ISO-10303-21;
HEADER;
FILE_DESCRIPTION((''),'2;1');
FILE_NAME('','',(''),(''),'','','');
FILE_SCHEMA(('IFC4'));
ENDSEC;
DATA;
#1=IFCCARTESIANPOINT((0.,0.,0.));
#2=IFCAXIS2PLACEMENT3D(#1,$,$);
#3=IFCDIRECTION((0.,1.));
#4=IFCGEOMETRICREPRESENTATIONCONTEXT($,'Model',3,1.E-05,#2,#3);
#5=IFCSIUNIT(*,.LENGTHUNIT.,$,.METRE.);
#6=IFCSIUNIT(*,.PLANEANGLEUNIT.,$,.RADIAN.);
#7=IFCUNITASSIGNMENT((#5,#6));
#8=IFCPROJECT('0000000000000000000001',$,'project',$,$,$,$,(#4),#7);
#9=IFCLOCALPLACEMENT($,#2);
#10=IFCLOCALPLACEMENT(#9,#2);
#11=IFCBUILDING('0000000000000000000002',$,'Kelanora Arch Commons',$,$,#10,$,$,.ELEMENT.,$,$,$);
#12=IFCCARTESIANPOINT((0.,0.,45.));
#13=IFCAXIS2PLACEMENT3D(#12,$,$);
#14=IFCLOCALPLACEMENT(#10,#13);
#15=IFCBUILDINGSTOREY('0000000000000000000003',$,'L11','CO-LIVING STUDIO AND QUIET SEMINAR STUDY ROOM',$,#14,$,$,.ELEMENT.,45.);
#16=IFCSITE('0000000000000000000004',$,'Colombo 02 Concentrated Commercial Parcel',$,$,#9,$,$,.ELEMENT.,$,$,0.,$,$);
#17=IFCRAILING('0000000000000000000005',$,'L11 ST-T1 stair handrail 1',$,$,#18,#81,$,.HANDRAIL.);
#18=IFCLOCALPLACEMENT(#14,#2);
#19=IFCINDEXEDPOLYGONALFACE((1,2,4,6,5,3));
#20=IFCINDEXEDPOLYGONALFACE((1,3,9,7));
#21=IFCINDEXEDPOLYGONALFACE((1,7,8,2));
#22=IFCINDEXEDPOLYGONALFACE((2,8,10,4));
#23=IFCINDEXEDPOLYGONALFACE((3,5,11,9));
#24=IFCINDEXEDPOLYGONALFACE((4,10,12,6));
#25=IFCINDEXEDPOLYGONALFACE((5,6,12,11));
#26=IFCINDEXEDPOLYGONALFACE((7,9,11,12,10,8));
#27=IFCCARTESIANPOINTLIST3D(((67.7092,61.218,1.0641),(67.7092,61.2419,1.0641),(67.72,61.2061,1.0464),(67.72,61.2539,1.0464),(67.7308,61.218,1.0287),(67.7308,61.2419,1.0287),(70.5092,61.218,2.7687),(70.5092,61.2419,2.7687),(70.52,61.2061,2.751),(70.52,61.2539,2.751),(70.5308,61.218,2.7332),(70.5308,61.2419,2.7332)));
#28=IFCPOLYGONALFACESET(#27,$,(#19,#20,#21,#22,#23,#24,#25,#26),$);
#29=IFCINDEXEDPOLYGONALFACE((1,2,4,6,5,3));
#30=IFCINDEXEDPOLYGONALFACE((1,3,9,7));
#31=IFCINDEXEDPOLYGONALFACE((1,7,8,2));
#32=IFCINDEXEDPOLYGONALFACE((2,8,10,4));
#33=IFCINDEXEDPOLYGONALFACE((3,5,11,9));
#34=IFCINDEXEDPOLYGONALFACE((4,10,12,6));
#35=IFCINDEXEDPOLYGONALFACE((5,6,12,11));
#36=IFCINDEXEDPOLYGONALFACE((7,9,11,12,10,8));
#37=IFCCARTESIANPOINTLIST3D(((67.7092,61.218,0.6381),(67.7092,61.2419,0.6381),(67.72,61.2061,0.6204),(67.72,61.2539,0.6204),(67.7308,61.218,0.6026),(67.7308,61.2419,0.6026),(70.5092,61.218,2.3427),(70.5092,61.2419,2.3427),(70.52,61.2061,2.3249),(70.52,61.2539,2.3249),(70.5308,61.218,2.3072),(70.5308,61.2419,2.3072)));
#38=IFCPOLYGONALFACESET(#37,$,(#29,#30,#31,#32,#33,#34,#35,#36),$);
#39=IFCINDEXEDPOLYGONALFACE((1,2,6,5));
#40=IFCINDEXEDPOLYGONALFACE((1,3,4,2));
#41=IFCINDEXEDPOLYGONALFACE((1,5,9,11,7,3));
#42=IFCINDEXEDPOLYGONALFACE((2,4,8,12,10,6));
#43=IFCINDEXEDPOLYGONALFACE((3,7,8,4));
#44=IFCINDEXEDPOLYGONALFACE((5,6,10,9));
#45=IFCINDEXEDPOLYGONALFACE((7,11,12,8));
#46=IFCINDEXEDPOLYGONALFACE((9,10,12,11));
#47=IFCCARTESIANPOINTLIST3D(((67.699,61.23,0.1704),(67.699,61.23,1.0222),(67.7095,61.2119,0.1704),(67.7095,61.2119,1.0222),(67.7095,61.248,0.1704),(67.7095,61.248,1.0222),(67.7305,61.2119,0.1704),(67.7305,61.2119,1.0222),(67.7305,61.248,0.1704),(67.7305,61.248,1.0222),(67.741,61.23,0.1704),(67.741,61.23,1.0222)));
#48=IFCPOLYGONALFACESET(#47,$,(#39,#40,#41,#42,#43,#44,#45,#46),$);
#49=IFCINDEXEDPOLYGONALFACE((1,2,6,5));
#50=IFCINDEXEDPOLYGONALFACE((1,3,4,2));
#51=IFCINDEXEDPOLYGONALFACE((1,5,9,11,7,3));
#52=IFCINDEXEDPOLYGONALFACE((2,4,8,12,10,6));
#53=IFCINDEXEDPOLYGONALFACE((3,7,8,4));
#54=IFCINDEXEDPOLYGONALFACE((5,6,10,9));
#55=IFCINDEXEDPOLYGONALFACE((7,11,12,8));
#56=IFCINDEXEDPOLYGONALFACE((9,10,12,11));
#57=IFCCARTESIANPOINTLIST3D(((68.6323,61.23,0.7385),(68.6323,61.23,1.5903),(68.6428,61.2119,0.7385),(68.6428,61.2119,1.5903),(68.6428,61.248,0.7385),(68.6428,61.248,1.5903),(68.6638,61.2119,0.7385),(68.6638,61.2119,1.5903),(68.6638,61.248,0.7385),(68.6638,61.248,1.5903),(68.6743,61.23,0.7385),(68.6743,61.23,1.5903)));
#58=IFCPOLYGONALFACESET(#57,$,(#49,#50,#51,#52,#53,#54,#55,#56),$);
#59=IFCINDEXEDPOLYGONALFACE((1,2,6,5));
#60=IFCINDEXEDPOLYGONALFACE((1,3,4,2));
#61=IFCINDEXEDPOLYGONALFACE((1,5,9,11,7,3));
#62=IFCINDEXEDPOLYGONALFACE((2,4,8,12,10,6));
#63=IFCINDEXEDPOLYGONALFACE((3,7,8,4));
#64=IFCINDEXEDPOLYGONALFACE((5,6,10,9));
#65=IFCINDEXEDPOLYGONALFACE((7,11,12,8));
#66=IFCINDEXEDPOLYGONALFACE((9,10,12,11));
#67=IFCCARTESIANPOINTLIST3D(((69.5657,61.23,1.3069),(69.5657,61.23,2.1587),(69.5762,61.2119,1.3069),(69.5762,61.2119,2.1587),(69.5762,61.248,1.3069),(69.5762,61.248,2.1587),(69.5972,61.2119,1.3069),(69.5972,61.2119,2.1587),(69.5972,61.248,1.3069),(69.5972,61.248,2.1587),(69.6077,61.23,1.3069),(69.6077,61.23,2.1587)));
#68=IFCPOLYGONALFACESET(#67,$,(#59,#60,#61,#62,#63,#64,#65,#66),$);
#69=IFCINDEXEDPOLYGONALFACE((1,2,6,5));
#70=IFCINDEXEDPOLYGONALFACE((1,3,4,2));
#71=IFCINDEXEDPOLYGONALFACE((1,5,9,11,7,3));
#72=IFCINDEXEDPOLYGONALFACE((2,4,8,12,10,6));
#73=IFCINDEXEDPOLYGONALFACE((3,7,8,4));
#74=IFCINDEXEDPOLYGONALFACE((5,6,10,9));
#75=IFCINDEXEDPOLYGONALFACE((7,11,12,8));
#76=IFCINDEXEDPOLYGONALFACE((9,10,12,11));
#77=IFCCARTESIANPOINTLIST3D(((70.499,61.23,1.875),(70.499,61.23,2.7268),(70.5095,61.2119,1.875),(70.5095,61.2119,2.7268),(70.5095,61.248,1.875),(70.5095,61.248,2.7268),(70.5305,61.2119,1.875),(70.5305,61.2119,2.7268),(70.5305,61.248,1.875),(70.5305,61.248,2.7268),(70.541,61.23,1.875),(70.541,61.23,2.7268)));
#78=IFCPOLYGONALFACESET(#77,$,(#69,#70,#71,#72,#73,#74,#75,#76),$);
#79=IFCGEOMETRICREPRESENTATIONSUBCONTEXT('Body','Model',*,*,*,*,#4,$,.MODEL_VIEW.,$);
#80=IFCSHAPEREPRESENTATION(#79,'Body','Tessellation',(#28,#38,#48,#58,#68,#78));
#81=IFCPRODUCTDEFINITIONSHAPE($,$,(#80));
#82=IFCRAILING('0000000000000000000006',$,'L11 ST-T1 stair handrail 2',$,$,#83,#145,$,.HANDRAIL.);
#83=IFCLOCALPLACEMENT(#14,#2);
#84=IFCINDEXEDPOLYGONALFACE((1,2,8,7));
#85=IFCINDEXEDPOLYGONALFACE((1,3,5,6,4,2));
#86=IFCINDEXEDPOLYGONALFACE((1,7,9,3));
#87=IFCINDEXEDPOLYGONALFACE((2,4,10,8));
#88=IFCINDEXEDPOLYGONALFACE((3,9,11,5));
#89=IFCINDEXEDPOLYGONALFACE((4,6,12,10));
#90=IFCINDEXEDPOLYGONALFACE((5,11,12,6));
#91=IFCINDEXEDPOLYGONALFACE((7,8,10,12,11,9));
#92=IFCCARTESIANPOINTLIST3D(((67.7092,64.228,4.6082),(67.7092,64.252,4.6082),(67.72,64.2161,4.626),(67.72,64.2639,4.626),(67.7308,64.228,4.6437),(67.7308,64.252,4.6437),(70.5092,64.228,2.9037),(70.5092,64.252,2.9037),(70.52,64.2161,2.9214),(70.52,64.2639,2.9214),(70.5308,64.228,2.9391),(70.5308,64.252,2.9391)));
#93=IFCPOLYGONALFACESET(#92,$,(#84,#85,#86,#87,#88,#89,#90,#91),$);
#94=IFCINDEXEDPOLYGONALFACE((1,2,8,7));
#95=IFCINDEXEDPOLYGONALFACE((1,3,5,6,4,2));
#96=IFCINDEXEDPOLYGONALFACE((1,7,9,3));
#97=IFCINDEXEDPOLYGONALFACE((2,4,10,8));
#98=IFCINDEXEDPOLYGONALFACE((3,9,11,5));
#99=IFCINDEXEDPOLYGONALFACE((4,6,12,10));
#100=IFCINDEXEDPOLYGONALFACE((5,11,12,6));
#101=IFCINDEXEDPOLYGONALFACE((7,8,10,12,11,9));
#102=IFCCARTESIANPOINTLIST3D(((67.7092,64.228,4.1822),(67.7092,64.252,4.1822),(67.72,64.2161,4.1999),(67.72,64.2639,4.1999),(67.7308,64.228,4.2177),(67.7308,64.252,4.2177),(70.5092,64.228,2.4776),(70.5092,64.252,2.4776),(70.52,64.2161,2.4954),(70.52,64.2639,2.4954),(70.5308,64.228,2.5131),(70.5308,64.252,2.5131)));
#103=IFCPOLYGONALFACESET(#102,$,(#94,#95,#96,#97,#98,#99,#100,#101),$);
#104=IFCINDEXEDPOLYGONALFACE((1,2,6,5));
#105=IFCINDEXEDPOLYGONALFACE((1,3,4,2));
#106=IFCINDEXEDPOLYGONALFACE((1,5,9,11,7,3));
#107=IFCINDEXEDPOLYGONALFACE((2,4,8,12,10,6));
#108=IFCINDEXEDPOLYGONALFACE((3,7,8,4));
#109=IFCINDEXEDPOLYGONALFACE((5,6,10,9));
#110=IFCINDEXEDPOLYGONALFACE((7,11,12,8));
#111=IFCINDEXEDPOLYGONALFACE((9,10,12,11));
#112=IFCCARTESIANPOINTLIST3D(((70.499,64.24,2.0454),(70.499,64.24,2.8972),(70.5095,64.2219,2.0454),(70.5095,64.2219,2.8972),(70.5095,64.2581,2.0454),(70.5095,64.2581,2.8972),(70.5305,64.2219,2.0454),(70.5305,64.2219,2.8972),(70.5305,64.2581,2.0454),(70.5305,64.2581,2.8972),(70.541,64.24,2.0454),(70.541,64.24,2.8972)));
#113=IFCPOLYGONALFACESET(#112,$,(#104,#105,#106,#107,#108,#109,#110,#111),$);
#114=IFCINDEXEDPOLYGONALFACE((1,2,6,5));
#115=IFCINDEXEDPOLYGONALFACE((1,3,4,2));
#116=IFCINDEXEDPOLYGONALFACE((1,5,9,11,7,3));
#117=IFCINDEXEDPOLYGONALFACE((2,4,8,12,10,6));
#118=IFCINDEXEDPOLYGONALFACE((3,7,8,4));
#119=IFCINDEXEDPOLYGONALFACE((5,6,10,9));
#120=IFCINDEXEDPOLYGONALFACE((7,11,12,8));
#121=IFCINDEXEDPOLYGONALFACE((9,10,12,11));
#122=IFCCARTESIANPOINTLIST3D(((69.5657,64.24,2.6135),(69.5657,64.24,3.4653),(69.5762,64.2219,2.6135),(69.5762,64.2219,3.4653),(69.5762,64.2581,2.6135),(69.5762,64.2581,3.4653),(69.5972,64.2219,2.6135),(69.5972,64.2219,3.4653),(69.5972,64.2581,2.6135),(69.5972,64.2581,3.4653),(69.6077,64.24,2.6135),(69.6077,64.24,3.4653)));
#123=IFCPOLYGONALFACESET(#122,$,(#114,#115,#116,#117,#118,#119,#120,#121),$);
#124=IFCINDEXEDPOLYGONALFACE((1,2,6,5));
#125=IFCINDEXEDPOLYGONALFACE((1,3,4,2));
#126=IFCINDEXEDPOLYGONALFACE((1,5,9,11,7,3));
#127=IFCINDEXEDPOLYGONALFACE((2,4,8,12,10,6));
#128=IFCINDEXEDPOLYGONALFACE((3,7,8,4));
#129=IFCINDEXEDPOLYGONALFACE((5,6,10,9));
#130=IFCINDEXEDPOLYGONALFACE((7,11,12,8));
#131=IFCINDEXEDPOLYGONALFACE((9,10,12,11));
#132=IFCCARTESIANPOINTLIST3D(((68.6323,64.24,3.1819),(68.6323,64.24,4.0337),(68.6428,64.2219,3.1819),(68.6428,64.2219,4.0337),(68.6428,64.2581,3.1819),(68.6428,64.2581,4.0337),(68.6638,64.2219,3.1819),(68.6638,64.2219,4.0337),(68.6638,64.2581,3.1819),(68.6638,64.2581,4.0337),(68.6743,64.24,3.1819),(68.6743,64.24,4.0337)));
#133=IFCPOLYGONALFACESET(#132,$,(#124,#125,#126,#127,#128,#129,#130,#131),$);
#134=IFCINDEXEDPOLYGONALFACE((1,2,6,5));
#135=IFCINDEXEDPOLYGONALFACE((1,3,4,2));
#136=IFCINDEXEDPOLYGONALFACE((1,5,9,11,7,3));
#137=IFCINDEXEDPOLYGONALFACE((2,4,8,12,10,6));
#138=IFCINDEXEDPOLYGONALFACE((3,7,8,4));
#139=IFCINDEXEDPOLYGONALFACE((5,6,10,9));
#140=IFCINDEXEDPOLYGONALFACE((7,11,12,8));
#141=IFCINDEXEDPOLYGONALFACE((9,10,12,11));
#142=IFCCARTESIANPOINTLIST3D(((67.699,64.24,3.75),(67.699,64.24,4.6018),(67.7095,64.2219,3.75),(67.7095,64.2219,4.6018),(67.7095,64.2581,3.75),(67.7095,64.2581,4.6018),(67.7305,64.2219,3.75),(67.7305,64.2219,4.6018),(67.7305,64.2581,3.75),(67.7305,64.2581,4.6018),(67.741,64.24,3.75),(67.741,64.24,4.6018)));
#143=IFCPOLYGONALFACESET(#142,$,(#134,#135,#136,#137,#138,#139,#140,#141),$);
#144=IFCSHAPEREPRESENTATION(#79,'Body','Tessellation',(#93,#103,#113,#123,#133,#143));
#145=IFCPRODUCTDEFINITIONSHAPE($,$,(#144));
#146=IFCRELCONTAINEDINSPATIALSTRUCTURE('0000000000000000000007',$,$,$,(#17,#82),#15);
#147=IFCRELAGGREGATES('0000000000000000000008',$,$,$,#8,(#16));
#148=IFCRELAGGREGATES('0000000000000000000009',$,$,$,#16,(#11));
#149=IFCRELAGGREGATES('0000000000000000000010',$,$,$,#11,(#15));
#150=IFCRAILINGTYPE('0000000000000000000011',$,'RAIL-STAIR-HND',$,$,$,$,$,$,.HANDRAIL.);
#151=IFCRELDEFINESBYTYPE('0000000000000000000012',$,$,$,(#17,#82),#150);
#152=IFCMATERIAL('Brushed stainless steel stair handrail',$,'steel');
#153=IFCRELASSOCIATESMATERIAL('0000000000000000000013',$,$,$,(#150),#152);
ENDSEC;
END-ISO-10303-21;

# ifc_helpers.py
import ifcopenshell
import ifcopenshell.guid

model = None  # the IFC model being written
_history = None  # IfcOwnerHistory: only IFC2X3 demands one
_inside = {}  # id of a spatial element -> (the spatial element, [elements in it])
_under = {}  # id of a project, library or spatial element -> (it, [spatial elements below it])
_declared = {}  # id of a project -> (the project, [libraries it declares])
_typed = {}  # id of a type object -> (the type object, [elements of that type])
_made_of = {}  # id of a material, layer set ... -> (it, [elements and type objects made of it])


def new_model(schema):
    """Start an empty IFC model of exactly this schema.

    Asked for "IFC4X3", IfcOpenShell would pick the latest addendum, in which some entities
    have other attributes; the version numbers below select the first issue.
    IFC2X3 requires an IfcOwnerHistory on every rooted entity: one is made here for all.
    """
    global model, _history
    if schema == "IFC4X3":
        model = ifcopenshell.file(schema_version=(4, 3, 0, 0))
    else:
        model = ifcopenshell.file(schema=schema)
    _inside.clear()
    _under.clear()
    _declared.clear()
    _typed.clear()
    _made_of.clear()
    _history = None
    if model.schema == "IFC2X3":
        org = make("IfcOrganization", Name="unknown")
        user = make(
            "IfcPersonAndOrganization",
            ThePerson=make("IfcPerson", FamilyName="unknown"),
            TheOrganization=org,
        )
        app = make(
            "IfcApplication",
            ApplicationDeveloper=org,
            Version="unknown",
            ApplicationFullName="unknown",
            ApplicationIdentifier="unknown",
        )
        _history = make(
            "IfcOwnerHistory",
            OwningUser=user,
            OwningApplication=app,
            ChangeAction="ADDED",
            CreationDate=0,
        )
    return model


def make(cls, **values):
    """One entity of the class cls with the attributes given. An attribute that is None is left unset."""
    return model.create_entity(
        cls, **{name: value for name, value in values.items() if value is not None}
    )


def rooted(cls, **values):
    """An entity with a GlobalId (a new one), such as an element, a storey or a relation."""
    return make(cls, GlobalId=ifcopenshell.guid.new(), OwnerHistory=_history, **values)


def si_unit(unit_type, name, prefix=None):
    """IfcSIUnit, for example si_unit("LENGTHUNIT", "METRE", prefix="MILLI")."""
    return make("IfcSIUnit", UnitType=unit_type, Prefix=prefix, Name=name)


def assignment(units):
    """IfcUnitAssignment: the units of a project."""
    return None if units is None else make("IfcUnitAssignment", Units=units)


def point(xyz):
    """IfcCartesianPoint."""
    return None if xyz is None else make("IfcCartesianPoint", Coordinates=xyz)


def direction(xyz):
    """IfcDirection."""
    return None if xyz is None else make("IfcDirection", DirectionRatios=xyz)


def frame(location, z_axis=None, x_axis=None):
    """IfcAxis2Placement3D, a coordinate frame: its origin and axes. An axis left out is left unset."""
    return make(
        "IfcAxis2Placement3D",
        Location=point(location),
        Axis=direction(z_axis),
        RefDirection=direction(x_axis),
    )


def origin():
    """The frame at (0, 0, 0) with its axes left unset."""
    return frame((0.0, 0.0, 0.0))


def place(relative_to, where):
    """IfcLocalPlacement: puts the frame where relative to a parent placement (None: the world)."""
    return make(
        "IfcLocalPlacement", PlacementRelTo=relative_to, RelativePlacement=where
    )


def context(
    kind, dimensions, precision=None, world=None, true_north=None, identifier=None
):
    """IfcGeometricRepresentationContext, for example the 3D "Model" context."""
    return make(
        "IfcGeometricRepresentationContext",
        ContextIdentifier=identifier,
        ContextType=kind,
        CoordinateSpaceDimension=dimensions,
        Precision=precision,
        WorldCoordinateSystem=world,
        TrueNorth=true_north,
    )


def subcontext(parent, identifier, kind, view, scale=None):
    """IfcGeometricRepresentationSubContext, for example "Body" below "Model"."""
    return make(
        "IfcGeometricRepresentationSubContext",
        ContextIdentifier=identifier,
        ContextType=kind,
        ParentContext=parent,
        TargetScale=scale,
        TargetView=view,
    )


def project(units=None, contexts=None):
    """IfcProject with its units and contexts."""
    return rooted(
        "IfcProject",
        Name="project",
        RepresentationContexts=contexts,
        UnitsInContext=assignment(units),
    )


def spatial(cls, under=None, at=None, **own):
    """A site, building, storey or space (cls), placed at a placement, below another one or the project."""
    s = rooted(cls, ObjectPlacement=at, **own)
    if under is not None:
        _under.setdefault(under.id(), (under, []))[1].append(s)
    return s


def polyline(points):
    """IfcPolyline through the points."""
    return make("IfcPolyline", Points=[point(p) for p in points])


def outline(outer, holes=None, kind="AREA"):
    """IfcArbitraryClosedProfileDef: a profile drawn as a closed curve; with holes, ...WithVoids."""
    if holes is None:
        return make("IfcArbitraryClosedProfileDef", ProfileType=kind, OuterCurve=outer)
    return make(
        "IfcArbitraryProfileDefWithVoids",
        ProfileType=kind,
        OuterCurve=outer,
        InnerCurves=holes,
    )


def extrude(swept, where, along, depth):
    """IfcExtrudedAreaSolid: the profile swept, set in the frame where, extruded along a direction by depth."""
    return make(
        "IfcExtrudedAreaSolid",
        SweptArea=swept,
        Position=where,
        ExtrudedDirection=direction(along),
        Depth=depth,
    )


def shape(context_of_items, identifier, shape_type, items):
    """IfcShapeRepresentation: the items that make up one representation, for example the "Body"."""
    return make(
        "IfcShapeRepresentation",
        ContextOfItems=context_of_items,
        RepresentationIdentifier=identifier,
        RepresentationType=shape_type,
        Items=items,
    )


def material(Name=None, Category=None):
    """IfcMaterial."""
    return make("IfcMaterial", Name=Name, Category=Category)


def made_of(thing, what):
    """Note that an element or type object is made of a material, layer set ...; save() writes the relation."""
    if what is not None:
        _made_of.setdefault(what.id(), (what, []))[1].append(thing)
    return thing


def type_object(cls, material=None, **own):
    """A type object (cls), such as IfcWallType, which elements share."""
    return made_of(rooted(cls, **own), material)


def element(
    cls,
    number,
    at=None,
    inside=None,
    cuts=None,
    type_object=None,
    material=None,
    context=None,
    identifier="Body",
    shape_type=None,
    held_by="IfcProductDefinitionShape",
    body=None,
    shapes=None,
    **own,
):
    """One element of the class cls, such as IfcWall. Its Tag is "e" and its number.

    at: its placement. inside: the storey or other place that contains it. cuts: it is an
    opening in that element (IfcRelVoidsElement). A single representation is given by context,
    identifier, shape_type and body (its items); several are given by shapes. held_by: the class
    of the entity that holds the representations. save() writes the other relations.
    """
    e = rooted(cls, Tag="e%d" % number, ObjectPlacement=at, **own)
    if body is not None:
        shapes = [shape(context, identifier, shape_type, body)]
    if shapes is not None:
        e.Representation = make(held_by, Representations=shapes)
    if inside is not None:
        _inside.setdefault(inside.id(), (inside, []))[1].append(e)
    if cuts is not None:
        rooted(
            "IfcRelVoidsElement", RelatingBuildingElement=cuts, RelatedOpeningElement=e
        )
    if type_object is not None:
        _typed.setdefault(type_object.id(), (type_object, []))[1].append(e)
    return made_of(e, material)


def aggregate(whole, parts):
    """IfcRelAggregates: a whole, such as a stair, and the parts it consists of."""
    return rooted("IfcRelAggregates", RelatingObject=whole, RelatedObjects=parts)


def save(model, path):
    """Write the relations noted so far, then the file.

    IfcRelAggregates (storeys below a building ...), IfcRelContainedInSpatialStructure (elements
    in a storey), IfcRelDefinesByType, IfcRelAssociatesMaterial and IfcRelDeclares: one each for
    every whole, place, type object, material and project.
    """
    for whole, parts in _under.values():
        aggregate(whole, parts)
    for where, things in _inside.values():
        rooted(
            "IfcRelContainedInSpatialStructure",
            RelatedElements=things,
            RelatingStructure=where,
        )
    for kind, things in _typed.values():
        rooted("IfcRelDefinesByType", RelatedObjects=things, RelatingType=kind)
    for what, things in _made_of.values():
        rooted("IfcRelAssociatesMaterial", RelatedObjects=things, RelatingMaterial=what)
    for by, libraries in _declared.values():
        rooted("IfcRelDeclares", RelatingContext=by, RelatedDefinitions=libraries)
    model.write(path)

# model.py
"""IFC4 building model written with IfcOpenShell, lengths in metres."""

from ifc_helpers import new_model, si_unit, direction, frame, origin, place, context, subcontext, project, spatial, polyline, outline, extrude, material, type_object, element, save


model = new_model("IFC4")

# Units and contexts
model_context = context("Model", 3, precision=1e-05, world=origin(), true_north=direction((0.0, 1.0)))
body_context = subcontext(model_context, "Body", "Model", "MODEL_VIEW")
ifc_project = project(units=[si_unit("LENGTHUNIT", "METRE"), si_unit("PLANEANGLEUNIT", "RADIAN")], contexts=[model_context])

# Site, building, storey
site_placement = place(None, origin())
site = spatial("IfcSite", under=ifc_project, at=site_placement, Name="Colombo 02 Concentrated Commercial Parcel", CompositionType="ELEMENT", RefElevation=0.0)
building_placement = place(site_placement, origin())
building = spatial("IfcBuilding", under=site, at=building_placement, Name="Kelanora Arch Commons", CompositionType="ELEMENT")
storey_placement = place(building_placement, frame((0.0, 0.0, 45.0)))
storey = spatial("IfcBuildingStorey", under=building, at=storey_placement, Name="L11", Description="CO-LIVING STUDIO AND QUIET SEMINAR STUDY ROOM", CompositionType="ELEMENT", Elevation=45.0)

# Railings
ifc_material_1 = material(Name="Brushed stainless steel stair handrail", Category="steel")
railing_type_1 = type_object("IfcRailingType", Name="RAIL-STAIR-HND", PredefinedType="HANDRAIL", material=ifc_material_1)
railing_1_placement = place(storey_placement, frame((67.72, 61.23, 0.1704)))
element("IfcRailing", 1, at=railing_1_placement, inside=storey, type_object=railing_type_1, Name="L11 ST-T1 stair handrail 1", PredefinedType="HANDRAIL", context=body_context, shape_type="SweptSolid", body=[
    extrude(outline(polyline([(0.0239, 0.0), (0.012, 0.0208), (-0.012, 0.0208), (-0.0239, 0.0), (-0.012, -0.0208), (0.012, -0.0208), (0.0239, 0.0)])), frame((0.0, 0.0, 0.876), z_axis=(0.85417, 0.0, 0.519994), x_axis=(0.0, 1.0, 0.0)), (0.0, 0.0, 1.0), 3.2781),
    extrude(outline(polyline([(0.0239, 0.0), (0.012, 0.0208), (-0.012, 0.0208), (-0.0239, 0.0), (-0.012, -0.0208), (0.012, -0.0208), (0.0239, 0.0)])), frame((0.0, 0.0, 0.45), z_axis=(0.85417, 0.0, 0.519994), x_axis=(0.0, 1.0, 0.0)), (0.0, 0.0, 1.0), 3.2781),
    extrude(outline(polyline([(0.021, 0.0), (0.0105, 0.0181), (-0.0105, 0.0181), (-0.021, 0.0), (-0.0105, -0.0181), (0.0105, -0.0181), (0.021, 0.0)])), origin(), (0.0, 0.0, 1.0), 0.8518),
    extrude(outline(polyline([(0.021, 0.0), (0.0105, 0.0181), (-0.0105, 0.0181), (-0.021, 0.0), (-0.0105, -0.0181), (0.0105, -0.0181), (0.021, 0.0)])), frame((0.9333, 0.0, 0.5681)), (0.0, 0.0, 1.0), 0.8518),
    extrude(outline(polyline([(0.021, 0.0), (0.0105, 0.0181), (-0.0105, 0.0181), (-0.021, 0.0), (-0.0105, -0.0181), (0.0105, -0.0181), (0.021, 0.0)])), frame((1.8667, 0.0, 1.1365)), (0.0, 0.0, 1.0), 0.8518),
    extrude(outline(polyline([(0.021, 0.0), (0.0105, 0.0181), (-0.0105, 0.0181), (-0.021, 0.0), (-0.0105, -0.0181), (0.0105, -0.0181), (0.021, 0.0)])), frame((2.8, 0.0, 1.7046)), (0.0, 0.0, 1.0), 0.8518),
])
railing_2_placement = place(storey_placement, frame((70.52, 64.24, 2.0454)))
element("IfcRailing", 2, at=railing_2_placement, inside=storey, type_object=railing_type_1, Name="L11 ST-T1 stair handrail 2", PredefinedType="HANDRAIL", context=body_context, shape_type="SweptSolid", body=[
    extrude(outline(polyline([(0.0239, 0.0), (0.012, 0.0208), (-0.012, 0.0208), (-0.0239, 0.0), (-0.012, -0.0208), (0.012, -0.0208), (0.0239, 0.0)])), frame((0.0, 0.0, 0.876), z_axis=(-0.85417, 0.0, 0.519994), x_axis=(0.0, -1.0, 0.0)), (0.0, 0.0, 1.0), 3.2781),
    extrude(outline(polyline([(0.0239, 0.0), (0.012, 0.0208), (-0.012, 0.0208), (-0.0239, 0.0), (-0.012, -0.0208), (0.012, -0.0208), (0.0239, 0.0)])), frame((0.0, 0.0, 0.45), z_axis=(-0.85417, 0.0, 0.519994), x_axis=(0.0, -1.0, 0.0)), (0.0, 0.0, 1.0), 3.2781),
    extrude(outline(polyline([(0.021, 0.0), (0.0105, 0.0181), (-0.0105, 0.0181), (-0.021, 0.0), (-0.0105, -0.0181), (0.0105, -0.0181), (0.021, 0.0)])), origin(), (0.0, 0.0, 1.0), 0.8518),
    extrude(outline(polyline([(0.021, 0.0), (0.0105, 0.0181), (-0.0105, 0.0181), (-0.021, 0.0), (-0.0105, -0.0181), (0.0105, -0.0181), (0.021, 0.0)])), frame((-0.9333, 0.0, 0.5681)), (0.0, 0.0, 1.0), 0.8518),
    extrude(outline(polyline([(0.021, 0.0), (0.0105, 0.0181), (-0.0105, 0.0181), (-0.021, 0.0), (-0.0105, -0.0181), (0.0105, -0.0181), (0.021, 0.0)])), frame((-1.8667, 0.0, 1.1365)), (0.0, 0.0, 1.0), 0.8518),
    extrude(outline(polyline([(0.021, 0.0), (0.0105, 0.0181), (-0.0105, 0.0181), (-0.021, 0.0), (-0.0105, -0.0181), (0.0105, -0.0181), (0.021, 0.0)])), frame((-2.8, 0.0, 1.7046)), (0.0, 0.0, 1.0), 0.8518),
])

save(model, "model.ifc")
